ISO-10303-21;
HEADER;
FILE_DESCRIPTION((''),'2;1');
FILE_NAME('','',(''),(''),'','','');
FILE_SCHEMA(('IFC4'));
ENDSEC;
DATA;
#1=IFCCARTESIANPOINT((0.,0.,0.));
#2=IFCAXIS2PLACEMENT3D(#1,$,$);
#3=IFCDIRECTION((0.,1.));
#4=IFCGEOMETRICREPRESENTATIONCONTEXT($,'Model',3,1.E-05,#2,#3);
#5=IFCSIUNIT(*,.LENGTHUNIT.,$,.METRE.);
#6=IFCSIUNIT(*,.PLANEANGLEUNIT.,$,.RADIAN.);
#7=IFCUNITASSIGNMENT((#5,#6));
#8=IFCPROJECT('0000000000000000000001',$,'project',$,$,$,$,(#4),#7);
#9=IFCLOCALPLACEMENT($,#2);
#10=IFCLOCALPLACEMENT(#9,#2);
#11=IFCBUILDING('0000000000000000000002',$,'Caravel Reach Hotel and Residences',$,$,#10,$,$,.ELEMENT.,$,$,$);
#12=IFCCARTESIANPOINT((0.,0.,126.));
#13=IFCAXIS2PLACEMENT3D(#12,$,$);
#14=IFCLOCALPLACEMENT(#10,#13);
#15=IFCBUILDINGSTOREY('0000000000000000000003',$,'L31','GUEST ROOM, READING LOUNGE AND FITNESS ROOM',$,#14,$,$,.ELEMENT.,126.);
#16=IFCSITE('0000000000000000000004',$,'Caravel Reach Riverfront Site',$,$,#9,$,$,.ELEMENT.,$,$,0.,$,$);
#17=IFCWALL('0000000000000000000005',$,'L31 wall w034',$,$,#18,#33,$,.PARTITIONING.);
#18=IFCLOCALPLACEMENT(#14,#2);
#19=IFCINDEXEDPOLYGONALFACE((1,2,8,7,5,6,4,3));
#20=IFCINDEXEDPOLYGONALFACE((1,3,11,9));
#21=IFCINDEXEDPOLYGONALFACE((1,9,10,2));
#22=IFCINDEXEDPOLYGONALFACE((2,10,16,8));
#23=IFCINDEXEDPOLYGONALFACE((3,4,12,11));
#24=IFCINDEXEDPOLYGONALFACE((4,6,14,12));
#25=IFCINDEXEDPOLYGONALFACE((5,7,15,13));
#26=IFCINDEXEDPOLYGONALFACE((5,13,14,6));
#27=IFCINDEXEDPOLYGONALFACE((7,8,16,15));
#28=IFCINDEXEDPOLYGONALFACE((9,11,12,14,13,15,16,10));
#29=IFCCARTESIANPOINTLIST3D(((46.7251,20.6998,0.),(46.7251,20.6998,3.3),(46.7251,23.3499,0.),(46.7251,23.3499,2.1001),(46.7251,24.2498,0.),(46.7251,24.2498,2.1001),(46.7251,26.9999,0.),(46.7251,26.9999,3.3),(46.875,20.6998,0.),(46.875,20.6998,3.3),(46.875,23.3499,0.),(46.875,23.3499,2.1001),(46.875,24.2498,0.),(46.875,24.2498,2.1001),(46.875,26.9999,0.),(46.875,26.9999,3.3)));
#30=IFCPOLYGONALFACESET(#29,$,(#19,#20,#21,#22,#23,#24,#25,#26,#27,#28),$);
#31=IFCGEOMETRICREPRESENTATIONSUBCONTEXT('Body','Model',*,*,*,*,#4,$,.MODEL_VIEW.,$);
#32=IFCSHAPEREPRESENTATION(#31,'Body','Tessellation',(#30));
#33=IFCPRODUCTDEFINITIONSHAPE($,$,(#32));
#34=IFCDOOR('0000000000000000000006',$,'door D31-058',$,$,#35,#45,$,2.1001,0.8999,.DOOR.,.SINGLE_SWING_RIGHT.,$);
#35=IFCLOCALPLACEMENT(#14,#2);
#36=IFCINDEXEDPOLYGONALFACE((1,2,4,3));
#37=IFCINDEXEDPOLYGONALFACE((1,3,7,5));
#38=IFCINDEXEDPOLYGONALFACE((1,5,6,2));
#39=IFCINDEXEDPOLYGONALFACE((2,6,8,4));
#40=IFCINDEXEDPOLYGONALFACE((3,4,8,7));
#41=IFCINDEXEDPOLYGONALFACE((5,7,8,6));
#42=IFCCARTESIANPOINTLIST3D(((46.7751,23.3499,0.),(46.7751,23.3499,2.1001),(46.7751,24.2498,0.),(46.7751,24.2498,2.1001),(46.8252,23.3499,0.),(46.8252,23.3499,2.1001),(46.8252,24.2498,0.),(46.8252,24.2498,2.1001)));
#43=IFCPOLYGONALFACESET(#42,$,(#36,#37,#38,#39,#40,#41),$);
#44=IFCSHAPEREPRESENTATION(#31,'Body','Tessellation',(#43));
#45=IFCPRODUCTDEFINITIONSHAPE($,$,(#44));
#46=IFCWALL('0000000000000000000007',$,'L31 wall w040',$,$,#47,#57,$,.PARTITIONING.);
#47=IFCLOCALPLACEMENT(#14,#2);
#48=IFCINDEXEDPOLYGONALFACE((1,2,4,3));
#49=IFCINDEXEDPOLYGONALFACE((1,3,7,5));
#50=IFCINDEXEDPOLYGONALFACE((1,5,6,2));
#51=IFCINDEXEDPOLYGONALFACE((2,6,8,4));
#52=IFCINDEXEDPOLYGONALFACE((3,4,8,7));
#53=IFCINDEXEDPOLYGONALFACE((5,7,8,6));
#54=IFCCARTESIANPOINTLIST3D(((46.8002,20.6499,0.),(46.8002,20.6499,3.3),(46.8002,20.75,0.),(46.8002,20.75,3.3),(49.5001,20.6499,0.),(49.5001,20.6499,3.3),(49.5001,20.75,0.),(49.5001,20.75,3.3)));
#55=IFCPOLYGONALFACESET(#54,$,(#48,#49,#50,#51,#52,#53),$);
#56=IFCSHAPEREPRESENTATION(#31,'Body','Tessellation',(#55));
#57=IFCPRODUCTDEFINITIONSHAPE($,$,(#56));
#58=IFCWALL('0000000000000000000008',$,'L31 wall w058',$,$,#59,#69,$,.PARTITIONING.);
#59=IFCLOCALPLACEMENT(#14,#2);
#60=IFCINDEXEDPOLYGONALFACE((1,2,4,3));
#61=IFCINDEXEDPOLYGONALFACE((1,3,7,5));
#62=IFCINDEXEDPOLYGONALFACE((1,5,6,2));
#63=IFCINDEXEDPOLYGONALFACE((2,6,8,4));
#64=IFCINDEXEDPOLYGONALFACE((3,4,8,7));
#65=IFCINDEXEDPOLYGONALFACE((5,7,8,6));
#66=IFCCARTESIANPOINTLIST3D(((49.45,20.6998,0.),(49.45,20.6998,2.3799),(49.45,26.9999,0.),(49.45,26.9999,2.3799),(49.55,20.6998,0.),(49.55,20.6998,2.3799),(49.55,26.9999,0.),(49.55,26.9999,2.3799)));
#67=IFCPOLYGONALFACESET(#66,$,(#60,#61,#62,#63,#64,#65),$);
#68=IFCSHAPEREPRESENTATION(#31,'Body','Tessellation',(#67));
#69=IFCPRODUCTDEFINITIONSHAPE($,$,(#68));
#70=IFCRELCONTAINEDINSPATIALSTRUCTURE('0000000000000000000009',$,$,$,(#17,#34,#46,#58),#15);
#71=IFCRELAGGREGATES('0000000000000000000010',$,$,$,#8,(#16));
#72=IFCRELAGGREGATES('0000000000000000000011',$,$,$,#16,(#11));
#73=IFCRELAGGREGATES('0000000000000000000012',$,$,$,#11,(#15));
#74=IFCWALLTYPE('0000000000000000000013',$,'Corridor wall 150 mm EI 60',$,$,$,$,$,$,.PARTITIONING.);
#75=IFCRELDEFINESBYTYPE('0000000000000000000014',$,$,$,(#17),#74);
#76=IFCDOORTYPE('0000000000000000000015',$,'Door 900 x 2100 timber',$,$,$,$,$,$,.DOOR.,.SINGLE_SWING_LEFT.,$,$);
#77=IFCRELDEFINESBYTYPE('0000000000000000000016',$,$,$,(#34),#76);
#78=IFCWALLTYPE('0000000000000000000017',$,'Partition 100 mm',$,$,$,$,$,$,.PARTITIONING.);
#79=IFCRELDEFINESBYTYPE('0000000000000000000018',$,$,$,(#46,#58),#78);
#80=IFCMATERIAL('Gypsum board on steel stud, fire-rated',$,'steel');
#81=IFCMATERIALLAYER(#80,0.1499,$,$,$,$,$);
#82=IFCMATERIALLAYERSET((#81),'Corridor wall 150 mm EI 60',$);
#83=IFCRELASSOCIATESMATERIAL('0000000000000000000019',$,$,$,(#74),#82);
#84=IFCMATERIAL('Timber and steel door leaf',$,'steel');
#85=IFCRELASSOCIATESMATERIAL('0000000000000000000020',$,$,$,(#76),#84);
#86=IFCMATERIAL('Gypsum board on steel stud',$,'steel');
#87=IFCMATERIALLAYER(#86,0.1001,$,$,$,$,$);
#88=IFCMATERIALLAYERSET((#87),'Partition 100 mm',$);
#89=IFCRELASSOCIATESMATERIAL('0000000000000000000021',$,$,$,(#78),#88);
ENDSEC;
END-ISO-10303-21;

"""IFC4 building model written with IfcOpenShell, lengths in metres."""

from ifc_helpers import new_model, si_unit, direction, frame, frame_2d, origin, place, context, subcontext, project, spatial, rectangle, extrude, material, layer, layer_set, type_object, element, fill, save


model = new_model("IFC4")

# Units and contexts
model_context = context("Model", 3, precision=1e-05, world=origin(), true_north=direction((0.0, 1.0)))
body_context = subcontext(model_context, "Body", "Model", "MODEL_VIEW")
ifc_project = project(units=[si_unit("LENGTHUNIT", "METRE"), si_unit("PLANEANGLEUNIT", "RADIAN")], contexts=[model_context])

# Site, building, storey
site_placement = place(None, origin())
site = spatial("IfcSite", under=ifc_project, at=site_placement, Name="Caravel Reach Riverfront Site", CompositionType="ELEMENT", RefElevation=0.0)
building_placement = place(site_placement, origin())
building = spatial("IfcBuilding", under=site, at=building_placement, Name="Caravel Reach Hotel and Residences", CompositionType="ELEMENT")
storey_placement = place(building_placement, frame((0.0, 0.0, 126.0)))
storey = spatial("IfcBuildingStorey", under=building, at=storey_placement, Name="L31", Description="GUEST ROOM, READING LOUNGE AND FITNESS ROOM", CompositionType="ELEMENT", Elevation=126.0)

# Shared definitions
ifc_material_1 = material(Name="Gypsum board on steel stud, fire-rated", Category="steel")
ifc_layer_1 = layer(ifc_material_1, 0.1499)
ifc_layer_set_1 = layer_set([ifc_layer_1], Name="Corridor wall 150 mm EI 60")
wall_type_1 = type_object("IfcWallType", Name="Corridor wall 150 mm EI 60", PredefinedType="PARTITIONING", material=ifc_layer_set_1)

# Wall, opening, door
wall_1_placement = place(storey_placement, frame((46.8, 20.7, 0.0), z_axis=(0.0, 0.0, 1.0), x_axis=(0.0, 1.0, 0.0)))
wall_1 = element("IfcWall", 1, at=wall_1_placement, inside=storey, type_object=wall_type_1, Name="L31 wall w034", PredefinedType="PARTITIONING", context=body_context, shape_type="SweptSolid", body=[
    extrude(rectangle(XDim=6.3, YDim=0.1499, at=frame_2d((3.1499, 0.0))), origin(), (0.0, 0.0, 1.0), 3.3),
])
opening_1_placement = place(wall_1_placement, frame((2.6499, 0.0, 0.0)))
opening_1 = element("IfcOpeningElement", 2, at=opening_1_placement, cuts=wall_1, PredefinedType="OPENING", context=body_context, shape_type="SweptSolid", body=[
    extrude(rectangle(XDim=0.8999, YDim=2.1001, at=frame_2d((0.45, 1.05))), frame((0.0, 0.085, 0.0), z_axis=(0.0, -1.0, 0.0), x_axis=(1.0, 0.0, 0.0)), (0.0, 0.0, 1.0), 0.1699),
])
ifc_material_2 = material(Name="Timber and steel door leaf", Category="steel")
door_type_1 = type_object("IfcDoorType", Name="Door 900 x 2100 timber", OperationType="SINGLE_SWING_LEFT", PredefinedType="DOOR", material=ifc_material_2)
door_1_placement = place(opening_1_placement, origin())
door_1 = element("IfcDoor", 3, at=door_1_placement, inside=storey, type_object=door_type_1, Name="door D31-058", OperationType="SINGLE_SWING_RIGHT", OverallHeight=2.1001, OverallWidth=0.8999, PredefinedType="DOOR", context=body_context, shape_type="SweptSolid", body=[
    extrude(rectangle(XDim=0.8999, YDim=2.1001, at=frame_2d((0.45, 1.05))), frame((0.0, 0.0249, 0.0), z_axis=(0.0, -1.0, 0.0), x_axis=(1.0, 0.0, 0.0)), (0.0, 0.0, 1.0), 0.05),
])
fill(opening_1, door_1)

# Walls
ifc_material_3 = material(Name="Gypsum board on steel stud", Category="steel")
ifc_layer_2 = layer(ifc_material_3, 0.1001)
ifc_layer_set_2 = layer_set([ifc_layer_2], Name="Partition 100 mm")
wall_type_2 = type_object("IfcWallType", Name="Partition 100 mm", PredefinedType="PARTITIONING", material=ifc_layer_set_2)
wall_2_placement = place(storey_placement, frame((46.8, 20.7, 0.0), z_axis=(0.0, 0.0, 1.0), x_axis=(1.0, 0.0, 0.0)))
element("IfcWall", 4, at=wall_2_placement, inside=storey, type_object=wall_type_2, Name="L31 wall w040", PredefinedType="PARTITIONING", context=body_context, shape_type="SweptSolid", body=[
    extrude(rectangle(XDim=2.7, YDim=0.1001, at=frame_2d((1.3501, 0.0))), origin(), (0.0, 0.0, 1.0), 3.3),
])
wall_3_placement = place(storey_placement, frame((49.5, 20.7, 0.0), z_axis=(0.0, 0.0, 1.0), x_axis=(0.0, 1.0, 0.0)))
element("IfcWall", 5, at=wall_3_placement, inside=storey, type_object=wall_type_2, Name="L31 wall w058", PredefinedType="PARTITIONING", context=body_context, shape_type="SweptSolid", body=[
    extrude(rectangle(XDim=6.3, YDim=0.1001, at=frame_2d((3.1499, 0.0))), origin(), (0.0, 0.0, 1.0), 2.3799),
])

save(model, "model.ifc")
